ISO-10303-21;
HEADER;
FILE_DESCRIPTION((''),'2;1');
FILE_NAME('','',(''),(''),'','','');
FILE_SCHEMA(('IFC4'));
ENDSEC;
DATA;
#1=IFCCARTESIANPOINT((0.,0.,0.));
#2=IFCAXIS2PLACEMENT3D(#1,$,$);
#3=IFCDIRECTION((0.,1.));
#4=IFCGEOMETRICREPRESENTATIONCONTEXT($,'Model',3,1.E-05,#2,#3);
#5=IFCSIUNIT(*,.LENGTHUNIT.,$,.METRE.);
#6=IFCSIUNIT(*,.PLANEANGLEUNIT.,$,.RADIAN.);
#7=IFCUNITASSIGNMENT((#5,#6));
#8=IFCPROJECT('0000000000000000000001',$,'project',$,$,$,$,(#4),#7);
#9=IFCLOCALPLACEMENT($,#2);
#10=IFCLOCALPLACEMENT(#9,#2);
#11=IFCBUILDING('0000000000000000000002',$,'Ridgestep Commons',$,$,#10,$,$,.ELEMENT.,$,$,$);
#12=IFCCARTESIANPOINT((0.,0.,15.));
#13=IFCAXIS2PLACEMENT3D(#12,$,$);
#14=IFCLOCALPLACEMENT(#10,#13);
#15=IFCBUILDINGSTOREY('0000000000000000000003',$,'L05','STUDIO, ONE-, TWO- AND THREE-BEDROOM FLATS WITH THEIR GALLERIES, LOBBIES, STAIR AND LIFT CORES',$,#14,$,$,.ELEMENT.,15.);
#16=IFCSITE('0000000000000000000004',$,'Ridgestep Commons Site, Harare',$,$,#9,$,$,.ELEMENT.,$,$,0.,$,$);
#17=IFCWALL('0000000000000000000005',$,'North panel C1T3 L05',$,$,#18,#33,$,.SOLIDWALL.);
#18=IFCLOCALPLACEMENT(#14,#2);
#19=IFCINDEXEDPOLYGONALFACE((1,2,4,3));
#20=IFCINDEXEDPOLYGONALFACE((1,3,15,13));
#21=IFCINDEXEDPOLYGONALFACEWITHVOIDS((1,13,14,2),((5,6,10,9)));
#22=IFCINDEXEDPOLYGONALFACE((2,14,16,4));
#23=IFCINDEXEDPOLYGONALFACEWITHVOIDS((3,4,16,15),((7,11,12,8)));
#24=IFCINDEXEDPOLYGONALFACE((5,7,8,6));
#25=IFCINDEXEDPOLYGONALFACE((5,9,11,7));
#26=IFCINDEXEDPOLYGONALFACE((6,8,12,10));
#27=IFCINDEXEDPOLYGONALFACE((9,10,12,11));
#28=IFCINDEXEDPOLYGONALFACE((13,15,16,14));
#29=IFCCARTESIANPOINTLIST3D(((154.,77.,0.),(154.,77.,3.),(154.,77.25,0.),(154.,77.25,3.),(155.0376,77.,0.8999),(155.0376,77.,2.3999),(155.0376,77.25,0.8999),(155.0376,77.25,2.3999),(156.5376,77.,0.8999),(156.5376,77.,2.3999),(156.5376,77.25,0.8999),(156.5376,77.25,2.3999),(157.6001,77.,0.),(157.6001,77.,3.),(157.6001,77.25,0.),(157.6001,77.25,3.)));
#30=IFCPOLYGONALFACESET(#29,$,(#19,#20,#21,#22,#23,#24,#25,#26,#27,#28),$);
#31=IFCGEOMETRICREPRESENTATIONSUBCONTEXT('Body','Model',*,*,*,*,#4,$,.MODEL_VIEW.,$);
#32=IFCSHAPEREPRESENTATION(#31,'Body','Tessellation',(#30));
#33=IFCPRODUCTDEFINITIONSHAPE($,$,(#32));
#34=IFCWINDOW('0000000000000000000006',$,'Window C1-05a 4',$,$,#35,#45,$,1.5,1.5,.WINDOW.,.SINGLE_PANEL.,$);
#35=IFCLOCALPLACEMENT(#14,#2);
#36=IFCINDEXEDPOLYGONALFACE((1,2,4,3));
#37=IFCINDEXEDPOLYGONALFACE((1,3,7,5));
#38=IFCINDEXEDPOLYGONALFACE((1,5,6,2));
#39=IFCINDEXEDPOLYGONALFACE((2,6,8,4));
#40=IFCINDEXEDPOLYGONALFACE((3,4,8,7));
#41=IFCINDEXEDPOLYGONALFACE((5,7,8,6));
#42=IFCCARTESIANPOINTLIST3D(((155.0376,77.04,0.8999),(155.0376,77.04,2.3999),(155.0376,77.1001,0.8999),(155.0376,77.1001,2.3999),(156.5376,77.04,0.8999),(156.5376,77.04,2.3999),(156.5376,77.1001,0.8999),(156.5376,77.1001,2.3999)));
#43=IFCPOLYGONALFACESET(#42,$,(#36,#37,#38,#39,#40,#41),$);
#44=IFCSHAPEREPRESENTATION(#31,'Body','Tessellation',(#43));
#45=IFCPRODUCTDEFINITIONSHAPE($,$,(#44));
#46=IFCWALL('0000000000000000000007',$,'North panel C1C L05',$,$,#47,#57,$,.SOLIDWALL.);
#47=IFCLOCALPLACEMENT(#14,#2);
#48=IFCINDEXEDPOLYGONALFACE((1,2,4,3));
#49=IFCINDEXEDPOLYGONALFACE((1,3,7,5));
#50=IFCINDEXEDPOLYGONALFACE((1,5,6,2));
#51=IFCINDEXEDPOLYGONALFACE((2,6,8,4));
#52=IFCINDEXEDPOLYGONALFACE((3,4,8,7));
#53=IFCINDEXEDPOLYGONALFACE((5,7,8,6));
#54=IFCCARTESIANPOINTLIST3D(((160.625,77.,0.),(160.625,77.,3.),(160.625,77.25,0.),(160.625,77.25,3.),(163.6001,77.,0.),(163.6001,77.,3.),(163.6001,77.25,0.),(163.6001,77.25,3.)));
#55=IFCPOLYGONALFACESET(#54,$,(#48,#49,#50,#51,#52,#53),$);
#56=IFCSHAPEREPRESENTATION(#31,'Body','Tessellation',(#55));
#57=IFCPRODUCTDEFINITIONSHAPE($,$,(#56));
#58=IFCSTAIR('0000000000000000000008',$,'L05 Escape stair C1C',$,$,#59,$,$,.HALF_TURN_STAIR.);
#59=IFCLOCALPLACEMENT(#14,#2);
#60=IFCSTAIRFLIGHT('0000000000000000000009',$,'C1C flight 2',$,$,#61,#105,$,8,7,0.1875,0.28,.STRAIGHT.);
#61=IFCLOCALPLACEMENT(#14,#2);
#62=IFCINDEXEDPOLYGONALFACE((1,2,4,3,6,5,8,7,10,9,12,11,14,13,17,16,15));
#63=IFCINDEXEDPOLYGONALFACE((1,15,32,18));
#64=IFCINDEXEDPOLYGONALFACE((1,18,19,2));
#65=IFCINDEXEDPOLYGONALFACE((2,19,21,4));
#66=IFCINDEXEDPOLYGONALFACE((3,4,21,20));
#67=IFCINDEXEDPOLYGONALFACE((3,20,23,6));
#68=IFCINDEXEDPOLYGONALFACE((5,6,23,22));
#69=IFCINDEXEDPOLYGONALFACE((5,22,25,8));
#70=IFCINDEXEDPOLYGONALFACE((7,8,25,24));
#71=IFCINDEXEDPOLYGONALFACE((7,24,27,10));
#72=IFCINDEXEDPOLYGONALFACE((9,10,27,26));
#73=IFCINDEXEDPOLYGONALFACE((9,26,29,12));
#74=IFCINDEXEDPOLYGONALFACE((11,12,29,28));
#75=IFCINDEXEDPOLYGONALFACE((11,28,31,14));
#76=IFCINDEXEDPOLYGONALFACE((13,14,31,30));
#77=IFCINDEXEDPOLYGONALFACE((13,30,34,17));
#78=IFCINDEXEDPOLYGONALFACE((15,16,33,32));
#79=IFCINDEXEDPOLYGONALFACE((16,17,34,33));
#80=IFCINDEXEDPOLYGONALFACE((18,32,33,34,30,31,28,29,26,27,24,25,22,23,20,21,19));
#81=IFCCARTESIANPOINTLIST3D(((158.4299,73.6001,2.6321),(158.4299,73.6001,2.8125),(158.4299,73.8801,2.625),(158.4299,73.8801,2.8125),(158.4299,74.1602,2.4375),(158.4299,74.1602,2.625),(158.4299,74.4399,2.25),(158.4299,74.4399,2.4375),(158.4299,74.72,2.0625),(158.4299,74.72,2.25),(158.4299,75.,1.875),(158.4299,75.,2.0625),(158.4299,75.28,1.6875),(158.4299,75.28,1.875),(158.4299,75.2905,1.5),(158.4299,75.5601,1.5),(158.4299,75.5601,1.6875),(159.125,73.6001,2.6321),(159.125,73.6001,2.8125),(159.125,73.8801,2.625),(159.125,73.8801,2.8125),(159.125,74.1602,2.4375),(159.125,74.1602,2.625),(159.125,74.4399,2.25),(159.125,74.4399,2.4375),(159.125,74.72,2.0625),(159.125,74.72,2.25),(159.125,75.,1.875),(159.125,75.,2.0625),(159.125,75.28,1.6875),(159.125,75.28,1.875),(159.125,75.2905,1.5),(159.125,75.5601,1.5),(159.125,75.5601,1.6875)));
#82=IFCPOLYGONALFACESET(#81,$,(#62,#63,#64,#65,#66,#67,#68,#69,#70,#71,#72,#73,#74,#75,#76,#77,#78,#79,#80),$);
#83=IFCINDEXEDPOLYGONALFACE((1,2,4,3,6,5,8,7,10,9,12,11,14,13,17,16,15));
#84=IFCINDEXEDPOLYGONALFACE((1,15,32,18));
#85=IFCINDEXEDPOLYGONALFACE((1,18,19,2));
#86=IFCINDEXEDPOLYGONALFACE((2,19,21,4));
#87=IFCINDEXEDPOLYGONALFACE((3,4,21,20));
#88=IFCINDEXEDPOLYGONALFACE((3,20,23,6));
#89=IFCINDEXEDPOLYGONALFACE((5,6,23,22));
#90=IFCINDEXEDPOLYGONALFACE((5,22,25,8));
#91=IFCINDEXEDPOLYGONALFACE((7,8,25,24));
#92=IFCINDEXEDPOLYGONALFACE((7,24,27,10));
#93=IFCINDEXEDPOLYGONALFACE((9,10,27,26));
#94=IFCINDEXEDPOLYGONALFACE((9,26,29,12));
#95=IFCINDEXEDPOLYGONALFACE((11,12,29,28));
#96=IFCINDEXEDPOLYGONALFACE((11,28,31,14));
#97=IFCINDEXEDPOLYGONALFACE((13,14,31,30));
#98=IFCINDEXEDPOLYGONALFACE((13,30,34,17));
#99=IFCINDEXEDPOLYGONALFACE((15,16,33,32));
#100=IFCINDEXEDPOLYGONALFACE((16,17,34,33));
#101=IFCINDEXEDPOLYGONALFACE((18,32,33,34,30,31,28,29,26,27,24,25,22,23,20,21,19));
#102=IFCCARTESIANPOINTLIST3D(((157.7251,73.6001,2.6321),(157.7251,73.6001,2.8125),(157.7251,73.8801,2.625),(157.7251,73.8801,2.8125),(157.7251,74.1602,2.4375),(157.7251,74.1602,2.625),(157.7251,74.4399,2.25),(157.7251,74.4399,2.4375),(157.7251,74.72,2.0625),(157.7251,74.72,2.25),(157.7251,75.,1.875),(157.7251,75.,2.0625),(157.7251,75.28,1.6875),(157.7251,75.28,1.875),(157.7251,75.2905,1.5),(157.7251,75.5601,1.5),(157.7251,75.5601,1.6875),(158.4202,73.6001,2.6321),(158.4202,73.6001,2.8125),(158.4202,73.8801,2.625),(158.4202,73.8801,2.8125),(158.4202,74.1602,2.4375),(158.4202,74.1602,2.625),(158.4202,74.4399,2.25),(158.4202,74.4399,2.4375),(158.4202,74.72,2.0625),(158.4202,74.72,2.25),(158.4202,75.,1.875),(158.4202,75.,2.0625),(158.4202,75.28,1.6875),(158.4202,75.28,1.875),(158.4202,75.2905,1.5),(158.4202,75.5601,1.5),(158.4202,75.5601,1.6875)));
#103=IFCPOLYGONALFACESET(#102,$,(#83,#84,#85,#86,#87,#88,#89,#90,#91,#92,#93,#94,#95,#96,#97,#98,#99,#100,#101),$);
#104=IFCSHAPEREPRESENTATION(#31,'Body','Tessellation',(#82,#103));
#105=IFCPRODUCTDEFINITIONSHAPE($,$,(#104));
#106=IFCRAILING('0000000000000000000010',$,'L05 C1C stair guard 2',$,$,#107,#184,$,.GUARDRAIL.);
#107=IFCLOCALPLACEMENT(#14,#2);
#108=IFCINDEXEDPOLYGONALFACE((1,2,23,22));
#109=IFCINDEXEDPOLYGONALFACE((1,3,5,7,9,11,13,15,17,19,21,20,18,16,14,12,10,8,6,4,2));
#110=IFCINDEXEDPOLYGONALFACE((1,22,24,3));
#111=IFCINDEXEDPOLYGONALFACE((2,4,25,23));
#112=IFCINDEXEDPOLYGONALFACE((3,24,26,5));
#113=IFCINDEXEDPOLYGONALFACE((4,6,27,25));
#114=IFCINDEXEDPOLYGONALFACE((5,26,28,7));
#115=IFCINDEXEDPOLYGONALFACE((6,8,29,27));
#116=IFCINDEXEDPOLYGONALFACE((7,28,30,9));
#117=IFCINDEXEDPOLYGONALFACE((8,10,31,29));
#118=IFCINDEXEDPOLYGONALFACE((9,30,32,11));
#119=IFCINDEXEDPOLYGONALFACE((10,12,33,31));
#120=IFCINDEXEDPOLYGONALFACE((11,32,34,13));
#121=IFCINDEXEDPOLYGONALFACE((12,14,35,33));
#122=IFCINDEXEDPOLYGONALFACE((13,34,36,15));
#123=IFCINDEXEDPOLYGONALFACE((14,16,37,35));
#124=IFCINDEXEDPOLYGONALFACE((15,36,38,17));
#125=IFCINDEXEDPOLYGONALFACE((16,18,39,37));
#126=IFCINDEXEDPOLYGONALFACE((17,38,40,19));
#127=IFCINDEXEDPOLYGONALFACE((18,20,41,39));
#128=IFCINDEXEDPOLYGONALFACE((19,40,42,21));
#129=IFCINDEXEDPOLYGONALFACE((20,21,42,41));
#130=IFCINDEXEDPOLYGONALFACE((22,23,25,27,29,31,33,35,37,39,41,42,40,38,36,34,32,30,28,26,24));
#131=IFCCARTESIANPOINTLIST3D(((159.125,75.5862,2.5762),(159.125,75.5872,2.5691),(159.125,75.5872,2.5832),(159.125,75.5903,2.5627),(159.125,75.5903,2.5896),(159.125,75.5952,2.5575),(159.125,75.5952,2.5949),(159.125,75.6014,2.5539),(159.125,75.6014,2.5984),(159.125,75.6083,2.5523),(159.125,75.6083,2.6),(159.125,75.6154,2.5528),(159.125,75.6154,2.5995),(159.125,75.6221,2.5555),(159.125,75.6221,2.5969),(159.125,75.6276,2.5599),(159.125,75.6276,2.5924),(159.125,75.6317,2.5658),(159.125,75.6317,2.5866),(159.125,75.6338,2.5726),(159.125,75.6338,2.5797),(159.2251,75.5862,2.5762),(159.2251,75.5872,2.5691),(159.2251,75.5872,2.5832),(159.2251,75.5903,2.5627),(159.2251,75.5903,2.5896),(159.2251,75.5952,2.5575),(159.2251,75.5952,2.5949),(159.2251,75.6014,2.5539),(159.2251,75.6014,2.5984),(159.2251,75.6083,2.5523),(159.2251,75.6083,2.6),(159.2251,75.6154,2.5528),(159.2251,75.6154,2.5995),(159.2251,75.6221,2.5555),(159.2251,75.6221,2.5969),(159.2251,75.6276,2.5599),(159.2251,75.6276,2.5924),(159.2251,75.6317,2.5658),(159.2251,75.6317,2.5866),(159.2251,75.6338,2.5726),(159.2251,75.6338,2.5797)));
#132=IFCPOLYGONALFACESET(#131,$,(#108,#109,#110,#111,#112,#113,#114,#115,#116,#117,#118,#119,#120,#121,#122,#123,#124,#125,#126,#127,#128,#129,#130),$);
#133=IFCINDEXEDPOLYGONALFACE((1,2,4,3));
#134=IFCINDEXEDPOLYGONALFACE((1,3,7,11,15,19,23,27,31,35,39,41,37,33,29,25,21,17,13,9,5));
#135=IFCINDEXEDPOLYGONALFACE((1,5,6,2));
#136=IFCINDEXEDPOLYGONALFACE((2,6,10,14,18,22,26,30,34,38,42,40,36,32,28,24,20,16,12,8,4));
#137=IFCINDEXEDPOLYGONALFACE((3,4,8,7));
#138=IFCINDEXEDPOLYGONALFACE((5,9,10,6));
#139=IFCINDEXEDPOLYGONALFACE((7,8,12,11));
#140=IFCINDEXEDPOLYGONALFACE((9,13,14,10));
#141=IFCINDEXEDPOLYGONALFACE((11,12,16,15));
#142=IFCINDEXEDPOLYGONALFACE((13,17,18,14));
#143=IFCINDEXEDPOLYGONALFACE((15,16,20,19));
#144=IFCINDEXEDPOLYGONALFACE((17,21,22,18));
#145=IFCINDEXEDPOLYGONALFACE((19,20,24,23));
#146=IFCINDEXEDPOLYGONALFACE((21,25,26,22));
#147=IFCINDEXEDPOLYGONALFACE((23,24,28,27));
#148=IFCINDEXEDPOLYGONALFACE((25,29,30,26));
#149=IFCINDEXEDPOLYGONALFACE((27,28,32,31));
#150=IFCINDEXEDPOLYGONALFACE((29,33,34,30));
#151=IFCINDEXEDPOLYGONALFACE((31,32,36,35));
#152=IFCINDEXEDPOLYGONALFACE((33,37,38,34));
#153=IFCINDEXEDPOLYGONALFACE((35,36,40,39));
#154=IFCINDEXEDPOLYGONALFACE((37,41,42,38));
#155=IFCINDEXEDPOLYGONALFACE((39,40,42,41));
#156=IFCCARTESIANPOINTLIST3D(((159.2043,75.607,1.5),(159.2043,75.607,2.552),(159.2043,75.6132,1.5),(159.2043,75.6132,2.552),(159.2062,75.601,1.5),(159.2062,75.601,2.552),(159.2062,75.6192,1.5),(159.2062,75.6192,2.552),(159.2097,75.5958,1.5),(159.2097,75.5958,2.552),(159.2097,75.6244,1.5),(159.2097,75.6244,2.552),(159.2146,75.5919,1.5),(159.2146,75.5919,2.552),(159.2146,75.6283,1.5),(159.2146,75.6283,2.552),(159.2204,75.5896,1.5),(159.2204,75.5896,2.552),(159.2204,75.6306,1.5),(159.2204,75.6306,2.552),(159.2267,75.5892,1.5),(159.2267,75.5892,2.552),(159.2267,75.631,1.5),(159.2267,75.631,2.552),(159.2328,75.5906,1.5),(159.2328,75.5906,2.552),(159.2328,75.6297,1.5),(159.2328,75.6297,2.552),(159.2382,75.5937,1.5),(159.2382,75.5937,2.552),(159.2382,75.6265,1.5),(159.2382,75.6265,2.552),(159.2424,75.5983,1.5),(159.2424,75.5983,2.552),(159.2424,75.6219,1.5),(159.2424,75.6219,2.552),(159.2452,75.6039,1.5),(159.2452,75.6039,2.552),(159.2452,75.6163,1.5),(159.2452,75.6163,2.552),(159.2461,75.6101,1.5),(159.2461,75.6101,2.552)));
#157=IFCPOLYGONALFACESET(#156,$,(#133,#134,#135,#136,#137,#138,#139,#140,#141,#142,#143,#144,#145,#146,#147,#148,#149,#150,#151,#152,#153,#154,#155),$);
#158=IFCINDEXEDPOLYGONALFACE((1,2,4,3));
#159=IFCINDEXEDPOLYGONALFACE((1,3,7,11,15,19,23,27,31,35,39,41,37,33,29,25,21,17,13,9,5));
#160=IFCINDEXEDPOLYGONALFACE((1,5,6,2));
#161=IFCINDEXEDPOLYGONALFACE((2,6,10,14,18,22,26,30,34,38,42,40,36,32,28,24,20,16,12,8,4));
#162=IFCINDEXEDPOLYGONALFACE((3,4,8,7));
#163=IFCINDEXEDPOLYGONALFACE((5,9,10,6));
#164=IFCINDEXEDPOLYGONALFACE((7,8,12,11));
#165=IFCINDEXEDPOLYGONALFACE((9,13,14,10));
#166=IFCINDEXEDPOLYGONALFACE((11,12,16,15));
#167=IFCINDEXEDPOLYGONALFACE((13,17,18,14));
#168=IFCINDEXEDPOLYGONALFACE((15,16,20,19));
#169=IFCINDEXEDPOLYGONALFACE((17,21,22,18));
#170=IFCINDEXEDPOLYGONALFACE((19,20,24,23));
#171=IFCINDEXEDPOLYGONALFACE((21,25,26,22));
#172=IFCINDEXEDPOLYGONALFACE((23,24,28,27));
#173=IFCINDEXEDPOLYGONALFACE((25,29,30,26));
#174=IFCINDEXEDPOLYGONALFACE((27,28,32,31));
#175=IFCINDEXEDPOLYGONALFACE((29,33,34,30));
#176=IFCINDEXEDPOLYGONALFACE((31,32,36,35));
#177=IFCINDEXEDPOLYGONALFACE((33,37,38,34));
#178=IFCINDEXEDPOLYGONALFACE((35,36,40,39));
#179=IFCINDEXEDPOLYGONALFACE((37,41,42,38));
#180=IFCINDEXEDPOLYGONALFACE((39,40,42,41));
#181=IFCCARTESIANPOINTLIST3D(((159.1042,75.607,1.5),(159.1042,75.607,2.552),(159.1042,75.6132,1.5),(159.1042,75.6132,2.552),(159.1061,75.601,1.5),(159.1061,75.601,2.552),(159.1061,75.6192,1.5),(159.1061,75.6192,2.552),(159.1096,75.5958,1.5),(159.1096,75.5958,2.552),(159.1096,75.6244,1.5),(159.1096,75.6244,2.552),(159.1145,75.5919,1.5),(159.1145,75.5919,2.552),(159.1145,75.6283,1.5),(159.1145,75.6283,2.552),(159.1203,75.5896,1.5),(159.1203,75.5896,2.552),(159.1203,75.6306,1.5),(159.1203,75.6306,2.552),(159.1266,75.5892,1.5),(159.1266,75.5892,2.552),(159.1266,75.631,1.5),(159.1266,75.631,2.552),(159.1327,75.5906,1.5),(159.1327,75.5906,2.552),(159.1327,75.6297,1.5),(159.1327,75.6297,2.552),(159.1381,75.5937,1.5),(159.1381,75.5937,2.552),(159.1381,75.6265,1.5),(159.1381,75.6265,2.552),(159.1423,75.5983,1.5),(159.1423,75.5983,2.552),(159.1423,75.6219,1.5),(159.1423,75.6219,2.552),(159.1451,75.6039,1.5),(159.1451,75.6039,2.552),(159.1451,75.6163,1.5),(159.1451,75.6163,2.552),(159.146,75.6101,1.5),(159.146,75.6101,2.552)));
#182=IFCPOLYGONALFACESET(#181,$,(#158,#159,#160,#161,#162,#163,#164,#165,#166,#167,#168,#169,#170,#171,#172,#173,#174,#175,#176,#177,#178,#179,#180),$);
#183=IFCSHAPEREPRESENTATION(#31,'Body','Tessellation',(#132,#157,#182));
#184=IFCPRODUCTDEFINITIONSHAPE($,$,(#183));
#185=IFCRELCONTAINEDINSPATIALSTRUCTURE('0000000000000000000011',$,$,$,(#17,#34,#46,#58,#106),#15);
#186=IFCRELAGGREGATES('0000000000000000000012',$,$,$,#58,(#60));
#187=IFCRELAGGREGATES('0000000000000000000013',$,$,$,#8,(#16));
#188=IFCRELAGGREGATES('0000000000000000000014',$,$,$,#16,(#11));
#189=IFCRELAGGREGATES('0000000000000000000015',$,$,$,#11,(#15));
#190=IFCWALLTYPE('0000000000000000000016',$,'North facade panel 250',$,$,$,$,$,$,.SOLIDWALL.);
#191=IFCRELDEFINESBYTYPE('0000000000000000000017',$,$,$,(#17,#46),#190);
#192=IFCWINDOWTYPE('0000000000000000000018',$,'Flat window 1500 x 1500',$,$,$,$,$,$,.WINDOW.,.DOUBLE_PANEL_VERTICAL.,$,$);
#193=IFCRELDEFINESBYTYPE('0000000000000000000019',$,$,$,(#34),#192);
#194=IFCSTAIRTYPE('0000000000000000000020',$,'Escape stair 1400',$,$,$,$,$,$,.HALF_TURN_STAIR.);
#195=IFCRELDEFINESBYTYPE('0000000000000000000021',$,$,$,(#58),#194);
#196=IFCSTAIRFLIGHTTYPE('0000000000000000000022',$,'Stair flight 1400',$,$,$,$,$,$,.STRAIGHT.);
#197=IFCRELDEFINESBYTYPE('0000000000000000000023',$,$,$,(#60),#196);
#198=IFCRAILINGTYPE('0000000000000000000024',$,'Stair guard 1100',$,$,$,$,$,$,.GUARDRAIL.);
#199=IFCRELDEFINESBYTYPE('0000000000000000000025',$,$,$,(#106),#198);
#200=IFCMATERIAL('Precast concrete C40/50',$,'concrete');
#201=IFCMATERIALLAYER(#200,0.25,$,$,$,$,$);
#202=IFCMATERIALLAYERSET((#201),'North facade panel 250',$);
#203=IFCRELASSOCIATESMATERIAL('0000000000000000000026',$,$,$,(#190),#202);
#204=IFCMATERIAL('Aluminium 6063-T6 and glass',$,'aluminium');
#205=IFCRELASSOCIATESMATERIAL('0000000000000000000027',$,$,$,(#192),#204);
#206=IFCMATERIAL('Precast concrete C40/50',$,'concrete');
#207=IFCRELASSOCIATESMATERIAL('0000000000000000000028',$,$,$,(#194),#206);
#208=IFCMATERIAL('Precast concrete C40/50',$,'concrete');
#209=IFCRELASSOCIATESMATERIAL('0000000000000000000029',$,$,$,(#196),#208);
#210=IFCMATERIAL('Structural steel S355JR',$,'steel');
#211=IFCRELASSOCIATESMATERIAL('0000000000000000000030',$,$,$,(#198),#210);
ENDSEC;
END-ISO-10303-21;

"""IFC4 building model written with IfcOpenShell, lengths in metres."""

from ifc_helpers import new_model, si_unit, direction, frame, frame_2d, origin, origin_2d, place, context, subcontext, project, spatial, polyline, rectangle, circle, outline, extrude, material, layer, layer_set, type_object, element, fill, aggregate, save


model = new_model("IFC4")

# Units and contexts
model_context = context("Model", 3, precision=1e-05, world=origin(), true_north=direction((0.0, 1.0)))
body_context = subcontext(model_context, "Body", "Model", "MODEL_VIEW")
ifc_project = project(units=[si_unit("LENGTHUNIT", "METRE"), si_unit("PLANEANGLEUNIT", "RADIAN")], contexts=[model_context])

# Site, building, storey
site_placement = place(None, origin())
site = spatial("IfcSite", under=ifc_project, at=site_placement, Name="Ridgestep Commons Site, Harare", CompositionType="ELEMENT", RefElevation=0.0)
building_placement = place(site_placement, origin())
building = spatial("IfcBuilding", under=site, at=building_placement, Name="Ridgestep Commons", CompositionType="ELEMENT")
storey_placement = place(building_placement, frame((0.0, 0.0, 15.0)))
storey = spatial("IfcBuildingStorey", under=building, at=storey_placement, Name="L05", Description="STUDIO, ONE-, TWO- AND THREE-BEDROOM FLATS WITH THEIR GALLERIES, LOBBIES, STAIR AND LIFT CORES", CompositionType="ELEMENT", Elevation=15.0)

# Wall, opening, window
ifc_material_1 = material(Name="Precast concrete C40/50", Category="concrete")
ifc_layer_1 = layer(ifc_material_1, 0.25)
ifc_layer_set_1 = layer_set([ifc_layer_1], Name="North facade panel 250")
wall_type = type_object("IfcWallType", Name="North facade panel 250", PredefinedType="SOLIDWALL", material=ifc_layer_set_1)
ifc_material_2 = material(Name="Aluminium 6063-T6 and glass", Category="aluminium")
window_type = type_object("IfcWindowType", Name="Flat window 1500 x 1500", PartitioningType="DOUBLE_PANEL_VERTICAL", PredefinedType="WINDOW", material=ifc_material_2)
wall_1_placement = place(storey_placement, frame((154.0, 77.125, 0.0), z_axis=(0.0, 0.0, 1.0), x_axis=(1.0, 0.0, 0.0)))
wall_1 = element("IfcWall", 1, at=wall_1_placement, inside=storey, type_object=wall_type, Name="North panel C1T3 L05", PredefinedType="SOLIDWALL", context=body_context, shape_type="SweptSolid", body=[
    extrude(rectangle(XDim=3.6001, YDim=0.25, at=frame_2d((1.8, 0.0))), origin(), (0.0, 0.0, 1.0), 3.0),
])
opening_1_placement = place(wall_1_placement, frame((1.0376, 0.0, 0.8999)))
opening_1 = element("IfcOpeningElement", 2, at=opening_1_placement, cuts=wall_1, PredefinedType="OPENING", context=body_context, shape_type="SweptSolid", body=[
    extrude(rectangle(XDim=1.5, YDim=1.5, at=frame_2d((0.75, 0.75))), frame((0.0, 0.135, 0.0), z_axis=(0.0, -1.0, 0.0), x_axis=(1.0, 0.0, 0.0)), (0.0, 0.0, 1.0), 0.27),
])
window_1_placement = place(opening_1_placement, origin())
window_1 = element("IfcWindow", 3, at=window_1_placement, inside=storey, type_object=window_type, Name="Window C1-05a 4", OverallHeight=1.5, OverallWidth=1.5, PartitioningType="SINGLE_PANEL", PredefinedType="WINDOW", context=body_context, shape_type="SweptSolid", body=[
    extrude(rectangle(XDim=1.5, YDim=1.5, at=frame_2d((0.75, 0.75))), frame((0.0, -0.0249, 0.0), z_axis=(0.0, -1.0, 0.0), x_axis=(1.0, 0.0, 0.0)), (0.0, 0.0, 1.0), 0.0601),
])
fill(opening_1, window_1)

# Wall
wall_2_placement = place(storey_placement, frame((160.625, 77.125, 0.0), z_axis=(0.0, 0.0, 1.0), x_axis=(1.0, 0.0, 0.0)))
element("IfcWall", 4, at=wall_2_placement, inside=storey, type_object=wall_type, Name="North panel C1C L05", PredefinedType="SOLIDWALL", context=body_context, shape_type="SweptSolid", body=[
    extrude(rectangle(XDim=2.9751, YDim=0.25, at=frame_2d((1.4875, 0.0))), origin(), (0.0, 0.0, 1.0), 3.0),
])

# Stair, stair flight
ifc_material_3 = material(Name="Precast concrete C40/50", Category="concrete")
stair_type = type_object("IfcStairType", Name="Escape stair 1400", PredefinedType="HALF_TURN_STAIR", material=ifc_material_3)
stair_placement = place(storey_placement, origin())
stair = element("IfcStair", 5, at=stair_placement, inside=storey, type_object=stair_type, Name="L05 Escape stair C1C", PredefinedType="HALF_TURN_STAIR")
ifc_material_4 = material(Name="Precast concrete C40/50", Category="concrete")
stair_flight_type = type_object("IfcStairFlightType", Name="Stair flight 1400", PredefinedType="STRAIGHT", material=ifc_material_4)
stair_flight_placement = place(storey_placement, frame((158.425, 75.5601, 1.5), z_axis=(0.0, 0.0, 1.0), x_axis=(0.0, -1.0, 0.0)))
stair_flight = element("IfcStairFlight", 6, at=stair_flight_placement, type_object=stair_flight_type, Name="C1C flight 2", NumberOfRisers=8, NumberOfTreads=7, PredefinedType="STRAIGHT", RiserHeight=0.1875, TreadLength=0.28, context=body_context, shape_type="SweptSolid", body=[
    extrude(outline(polyline([(0.0, 0.0), (0.0, 0.1875), (0.28, 0.1875), (0.28, 0.375), (0.5601, 0.375), (0.5601, 0.5625), (0.8401, 0.5625), (0.8401, 0.75), (1.1201, 0.75), (1.1201, 0.9375), (1.3999, 0.9375), (1.3999, 1.125), (1.6799, 1.125), (1.6799, 1.3125), (1.96, 1.3125), (1.96, 1.5), (1.96, 1.1321), (0.2695, 0.0), (0.0, 0.0)])), frame((0.0, 0.7, 0.0), z_axis=(0.0, -1.0, 0.0), x_axis=(1.0, 0.0, 0.0)), (0.0, 0.0, 1.0), 0.6951),
    extrude(outline(polyline([(0.0, 0.0), (0.0, 0.1875), (0.28, 0.1875), (0.28, 0.375), (0.5601, 0.375), (0.5601, 0.5625), (0.8401, 0.5625), (0.8401, 0.75), (1.1201, 0.75), (1.1201, 0.9375), (1.3999, 0.9375), (1.3999, 1.125), (1.6799, 1.125), (1.6799, 1.3125), (1.96, 1.3125), (1.96, 1.5), (1.96, 1.1321), (0.2695, 0.0), (0.0, 0.0)])), frame((0.0, -0.0049, 0.0), z_axis=(0.0, -1.0, 0.0), x_axis=(1.0, 0.0, 0.0)), (0.0, 0.0, 1.0), 0.6951),
])
aggregate(stair, [stair_flight])

# Railing
ifc_material_5 = material(Name="Structural steel S355JR", Category="steel")
railing_type = type_object("IfcRailingType", Name="Stair guard 1100", PredefinedType="GUARDRAIL", material=ifc_material_5)
railing_1_placement = place(storey_placement, frame((159.2251, 75.6101, 1.5)))
element("IfcRailing", 7, at=railing_1_placement, inside=storey, type_object=railing_type, Name="L05 C1C stair guard 2", PredefinedType="GUARDRAIL", context=body_context, shape_type="SweptSolid", body=[
    extrude(circle(Radius=0.0239, at=origin_2d()), frame((0.0, 0.0, 1.0762), z_axis=(-1.0, 0.0, 0.0), x_axis=(0.0, -1.0, 0.0)), (0.0, 0.0, 1.0), 0.1001),
    extrude(circle(Radius=0.021, at=origin_2d()), origin(), (0.0, 0.0, 1.0), 1.052),
    extrude(circle(Radius=0.021, at=origin_2d()), frame((-0.1001, 0.0, 0.0)), (0.0, 0.0, 1.0), 1.052),
])

save(model, "model.ifc")
